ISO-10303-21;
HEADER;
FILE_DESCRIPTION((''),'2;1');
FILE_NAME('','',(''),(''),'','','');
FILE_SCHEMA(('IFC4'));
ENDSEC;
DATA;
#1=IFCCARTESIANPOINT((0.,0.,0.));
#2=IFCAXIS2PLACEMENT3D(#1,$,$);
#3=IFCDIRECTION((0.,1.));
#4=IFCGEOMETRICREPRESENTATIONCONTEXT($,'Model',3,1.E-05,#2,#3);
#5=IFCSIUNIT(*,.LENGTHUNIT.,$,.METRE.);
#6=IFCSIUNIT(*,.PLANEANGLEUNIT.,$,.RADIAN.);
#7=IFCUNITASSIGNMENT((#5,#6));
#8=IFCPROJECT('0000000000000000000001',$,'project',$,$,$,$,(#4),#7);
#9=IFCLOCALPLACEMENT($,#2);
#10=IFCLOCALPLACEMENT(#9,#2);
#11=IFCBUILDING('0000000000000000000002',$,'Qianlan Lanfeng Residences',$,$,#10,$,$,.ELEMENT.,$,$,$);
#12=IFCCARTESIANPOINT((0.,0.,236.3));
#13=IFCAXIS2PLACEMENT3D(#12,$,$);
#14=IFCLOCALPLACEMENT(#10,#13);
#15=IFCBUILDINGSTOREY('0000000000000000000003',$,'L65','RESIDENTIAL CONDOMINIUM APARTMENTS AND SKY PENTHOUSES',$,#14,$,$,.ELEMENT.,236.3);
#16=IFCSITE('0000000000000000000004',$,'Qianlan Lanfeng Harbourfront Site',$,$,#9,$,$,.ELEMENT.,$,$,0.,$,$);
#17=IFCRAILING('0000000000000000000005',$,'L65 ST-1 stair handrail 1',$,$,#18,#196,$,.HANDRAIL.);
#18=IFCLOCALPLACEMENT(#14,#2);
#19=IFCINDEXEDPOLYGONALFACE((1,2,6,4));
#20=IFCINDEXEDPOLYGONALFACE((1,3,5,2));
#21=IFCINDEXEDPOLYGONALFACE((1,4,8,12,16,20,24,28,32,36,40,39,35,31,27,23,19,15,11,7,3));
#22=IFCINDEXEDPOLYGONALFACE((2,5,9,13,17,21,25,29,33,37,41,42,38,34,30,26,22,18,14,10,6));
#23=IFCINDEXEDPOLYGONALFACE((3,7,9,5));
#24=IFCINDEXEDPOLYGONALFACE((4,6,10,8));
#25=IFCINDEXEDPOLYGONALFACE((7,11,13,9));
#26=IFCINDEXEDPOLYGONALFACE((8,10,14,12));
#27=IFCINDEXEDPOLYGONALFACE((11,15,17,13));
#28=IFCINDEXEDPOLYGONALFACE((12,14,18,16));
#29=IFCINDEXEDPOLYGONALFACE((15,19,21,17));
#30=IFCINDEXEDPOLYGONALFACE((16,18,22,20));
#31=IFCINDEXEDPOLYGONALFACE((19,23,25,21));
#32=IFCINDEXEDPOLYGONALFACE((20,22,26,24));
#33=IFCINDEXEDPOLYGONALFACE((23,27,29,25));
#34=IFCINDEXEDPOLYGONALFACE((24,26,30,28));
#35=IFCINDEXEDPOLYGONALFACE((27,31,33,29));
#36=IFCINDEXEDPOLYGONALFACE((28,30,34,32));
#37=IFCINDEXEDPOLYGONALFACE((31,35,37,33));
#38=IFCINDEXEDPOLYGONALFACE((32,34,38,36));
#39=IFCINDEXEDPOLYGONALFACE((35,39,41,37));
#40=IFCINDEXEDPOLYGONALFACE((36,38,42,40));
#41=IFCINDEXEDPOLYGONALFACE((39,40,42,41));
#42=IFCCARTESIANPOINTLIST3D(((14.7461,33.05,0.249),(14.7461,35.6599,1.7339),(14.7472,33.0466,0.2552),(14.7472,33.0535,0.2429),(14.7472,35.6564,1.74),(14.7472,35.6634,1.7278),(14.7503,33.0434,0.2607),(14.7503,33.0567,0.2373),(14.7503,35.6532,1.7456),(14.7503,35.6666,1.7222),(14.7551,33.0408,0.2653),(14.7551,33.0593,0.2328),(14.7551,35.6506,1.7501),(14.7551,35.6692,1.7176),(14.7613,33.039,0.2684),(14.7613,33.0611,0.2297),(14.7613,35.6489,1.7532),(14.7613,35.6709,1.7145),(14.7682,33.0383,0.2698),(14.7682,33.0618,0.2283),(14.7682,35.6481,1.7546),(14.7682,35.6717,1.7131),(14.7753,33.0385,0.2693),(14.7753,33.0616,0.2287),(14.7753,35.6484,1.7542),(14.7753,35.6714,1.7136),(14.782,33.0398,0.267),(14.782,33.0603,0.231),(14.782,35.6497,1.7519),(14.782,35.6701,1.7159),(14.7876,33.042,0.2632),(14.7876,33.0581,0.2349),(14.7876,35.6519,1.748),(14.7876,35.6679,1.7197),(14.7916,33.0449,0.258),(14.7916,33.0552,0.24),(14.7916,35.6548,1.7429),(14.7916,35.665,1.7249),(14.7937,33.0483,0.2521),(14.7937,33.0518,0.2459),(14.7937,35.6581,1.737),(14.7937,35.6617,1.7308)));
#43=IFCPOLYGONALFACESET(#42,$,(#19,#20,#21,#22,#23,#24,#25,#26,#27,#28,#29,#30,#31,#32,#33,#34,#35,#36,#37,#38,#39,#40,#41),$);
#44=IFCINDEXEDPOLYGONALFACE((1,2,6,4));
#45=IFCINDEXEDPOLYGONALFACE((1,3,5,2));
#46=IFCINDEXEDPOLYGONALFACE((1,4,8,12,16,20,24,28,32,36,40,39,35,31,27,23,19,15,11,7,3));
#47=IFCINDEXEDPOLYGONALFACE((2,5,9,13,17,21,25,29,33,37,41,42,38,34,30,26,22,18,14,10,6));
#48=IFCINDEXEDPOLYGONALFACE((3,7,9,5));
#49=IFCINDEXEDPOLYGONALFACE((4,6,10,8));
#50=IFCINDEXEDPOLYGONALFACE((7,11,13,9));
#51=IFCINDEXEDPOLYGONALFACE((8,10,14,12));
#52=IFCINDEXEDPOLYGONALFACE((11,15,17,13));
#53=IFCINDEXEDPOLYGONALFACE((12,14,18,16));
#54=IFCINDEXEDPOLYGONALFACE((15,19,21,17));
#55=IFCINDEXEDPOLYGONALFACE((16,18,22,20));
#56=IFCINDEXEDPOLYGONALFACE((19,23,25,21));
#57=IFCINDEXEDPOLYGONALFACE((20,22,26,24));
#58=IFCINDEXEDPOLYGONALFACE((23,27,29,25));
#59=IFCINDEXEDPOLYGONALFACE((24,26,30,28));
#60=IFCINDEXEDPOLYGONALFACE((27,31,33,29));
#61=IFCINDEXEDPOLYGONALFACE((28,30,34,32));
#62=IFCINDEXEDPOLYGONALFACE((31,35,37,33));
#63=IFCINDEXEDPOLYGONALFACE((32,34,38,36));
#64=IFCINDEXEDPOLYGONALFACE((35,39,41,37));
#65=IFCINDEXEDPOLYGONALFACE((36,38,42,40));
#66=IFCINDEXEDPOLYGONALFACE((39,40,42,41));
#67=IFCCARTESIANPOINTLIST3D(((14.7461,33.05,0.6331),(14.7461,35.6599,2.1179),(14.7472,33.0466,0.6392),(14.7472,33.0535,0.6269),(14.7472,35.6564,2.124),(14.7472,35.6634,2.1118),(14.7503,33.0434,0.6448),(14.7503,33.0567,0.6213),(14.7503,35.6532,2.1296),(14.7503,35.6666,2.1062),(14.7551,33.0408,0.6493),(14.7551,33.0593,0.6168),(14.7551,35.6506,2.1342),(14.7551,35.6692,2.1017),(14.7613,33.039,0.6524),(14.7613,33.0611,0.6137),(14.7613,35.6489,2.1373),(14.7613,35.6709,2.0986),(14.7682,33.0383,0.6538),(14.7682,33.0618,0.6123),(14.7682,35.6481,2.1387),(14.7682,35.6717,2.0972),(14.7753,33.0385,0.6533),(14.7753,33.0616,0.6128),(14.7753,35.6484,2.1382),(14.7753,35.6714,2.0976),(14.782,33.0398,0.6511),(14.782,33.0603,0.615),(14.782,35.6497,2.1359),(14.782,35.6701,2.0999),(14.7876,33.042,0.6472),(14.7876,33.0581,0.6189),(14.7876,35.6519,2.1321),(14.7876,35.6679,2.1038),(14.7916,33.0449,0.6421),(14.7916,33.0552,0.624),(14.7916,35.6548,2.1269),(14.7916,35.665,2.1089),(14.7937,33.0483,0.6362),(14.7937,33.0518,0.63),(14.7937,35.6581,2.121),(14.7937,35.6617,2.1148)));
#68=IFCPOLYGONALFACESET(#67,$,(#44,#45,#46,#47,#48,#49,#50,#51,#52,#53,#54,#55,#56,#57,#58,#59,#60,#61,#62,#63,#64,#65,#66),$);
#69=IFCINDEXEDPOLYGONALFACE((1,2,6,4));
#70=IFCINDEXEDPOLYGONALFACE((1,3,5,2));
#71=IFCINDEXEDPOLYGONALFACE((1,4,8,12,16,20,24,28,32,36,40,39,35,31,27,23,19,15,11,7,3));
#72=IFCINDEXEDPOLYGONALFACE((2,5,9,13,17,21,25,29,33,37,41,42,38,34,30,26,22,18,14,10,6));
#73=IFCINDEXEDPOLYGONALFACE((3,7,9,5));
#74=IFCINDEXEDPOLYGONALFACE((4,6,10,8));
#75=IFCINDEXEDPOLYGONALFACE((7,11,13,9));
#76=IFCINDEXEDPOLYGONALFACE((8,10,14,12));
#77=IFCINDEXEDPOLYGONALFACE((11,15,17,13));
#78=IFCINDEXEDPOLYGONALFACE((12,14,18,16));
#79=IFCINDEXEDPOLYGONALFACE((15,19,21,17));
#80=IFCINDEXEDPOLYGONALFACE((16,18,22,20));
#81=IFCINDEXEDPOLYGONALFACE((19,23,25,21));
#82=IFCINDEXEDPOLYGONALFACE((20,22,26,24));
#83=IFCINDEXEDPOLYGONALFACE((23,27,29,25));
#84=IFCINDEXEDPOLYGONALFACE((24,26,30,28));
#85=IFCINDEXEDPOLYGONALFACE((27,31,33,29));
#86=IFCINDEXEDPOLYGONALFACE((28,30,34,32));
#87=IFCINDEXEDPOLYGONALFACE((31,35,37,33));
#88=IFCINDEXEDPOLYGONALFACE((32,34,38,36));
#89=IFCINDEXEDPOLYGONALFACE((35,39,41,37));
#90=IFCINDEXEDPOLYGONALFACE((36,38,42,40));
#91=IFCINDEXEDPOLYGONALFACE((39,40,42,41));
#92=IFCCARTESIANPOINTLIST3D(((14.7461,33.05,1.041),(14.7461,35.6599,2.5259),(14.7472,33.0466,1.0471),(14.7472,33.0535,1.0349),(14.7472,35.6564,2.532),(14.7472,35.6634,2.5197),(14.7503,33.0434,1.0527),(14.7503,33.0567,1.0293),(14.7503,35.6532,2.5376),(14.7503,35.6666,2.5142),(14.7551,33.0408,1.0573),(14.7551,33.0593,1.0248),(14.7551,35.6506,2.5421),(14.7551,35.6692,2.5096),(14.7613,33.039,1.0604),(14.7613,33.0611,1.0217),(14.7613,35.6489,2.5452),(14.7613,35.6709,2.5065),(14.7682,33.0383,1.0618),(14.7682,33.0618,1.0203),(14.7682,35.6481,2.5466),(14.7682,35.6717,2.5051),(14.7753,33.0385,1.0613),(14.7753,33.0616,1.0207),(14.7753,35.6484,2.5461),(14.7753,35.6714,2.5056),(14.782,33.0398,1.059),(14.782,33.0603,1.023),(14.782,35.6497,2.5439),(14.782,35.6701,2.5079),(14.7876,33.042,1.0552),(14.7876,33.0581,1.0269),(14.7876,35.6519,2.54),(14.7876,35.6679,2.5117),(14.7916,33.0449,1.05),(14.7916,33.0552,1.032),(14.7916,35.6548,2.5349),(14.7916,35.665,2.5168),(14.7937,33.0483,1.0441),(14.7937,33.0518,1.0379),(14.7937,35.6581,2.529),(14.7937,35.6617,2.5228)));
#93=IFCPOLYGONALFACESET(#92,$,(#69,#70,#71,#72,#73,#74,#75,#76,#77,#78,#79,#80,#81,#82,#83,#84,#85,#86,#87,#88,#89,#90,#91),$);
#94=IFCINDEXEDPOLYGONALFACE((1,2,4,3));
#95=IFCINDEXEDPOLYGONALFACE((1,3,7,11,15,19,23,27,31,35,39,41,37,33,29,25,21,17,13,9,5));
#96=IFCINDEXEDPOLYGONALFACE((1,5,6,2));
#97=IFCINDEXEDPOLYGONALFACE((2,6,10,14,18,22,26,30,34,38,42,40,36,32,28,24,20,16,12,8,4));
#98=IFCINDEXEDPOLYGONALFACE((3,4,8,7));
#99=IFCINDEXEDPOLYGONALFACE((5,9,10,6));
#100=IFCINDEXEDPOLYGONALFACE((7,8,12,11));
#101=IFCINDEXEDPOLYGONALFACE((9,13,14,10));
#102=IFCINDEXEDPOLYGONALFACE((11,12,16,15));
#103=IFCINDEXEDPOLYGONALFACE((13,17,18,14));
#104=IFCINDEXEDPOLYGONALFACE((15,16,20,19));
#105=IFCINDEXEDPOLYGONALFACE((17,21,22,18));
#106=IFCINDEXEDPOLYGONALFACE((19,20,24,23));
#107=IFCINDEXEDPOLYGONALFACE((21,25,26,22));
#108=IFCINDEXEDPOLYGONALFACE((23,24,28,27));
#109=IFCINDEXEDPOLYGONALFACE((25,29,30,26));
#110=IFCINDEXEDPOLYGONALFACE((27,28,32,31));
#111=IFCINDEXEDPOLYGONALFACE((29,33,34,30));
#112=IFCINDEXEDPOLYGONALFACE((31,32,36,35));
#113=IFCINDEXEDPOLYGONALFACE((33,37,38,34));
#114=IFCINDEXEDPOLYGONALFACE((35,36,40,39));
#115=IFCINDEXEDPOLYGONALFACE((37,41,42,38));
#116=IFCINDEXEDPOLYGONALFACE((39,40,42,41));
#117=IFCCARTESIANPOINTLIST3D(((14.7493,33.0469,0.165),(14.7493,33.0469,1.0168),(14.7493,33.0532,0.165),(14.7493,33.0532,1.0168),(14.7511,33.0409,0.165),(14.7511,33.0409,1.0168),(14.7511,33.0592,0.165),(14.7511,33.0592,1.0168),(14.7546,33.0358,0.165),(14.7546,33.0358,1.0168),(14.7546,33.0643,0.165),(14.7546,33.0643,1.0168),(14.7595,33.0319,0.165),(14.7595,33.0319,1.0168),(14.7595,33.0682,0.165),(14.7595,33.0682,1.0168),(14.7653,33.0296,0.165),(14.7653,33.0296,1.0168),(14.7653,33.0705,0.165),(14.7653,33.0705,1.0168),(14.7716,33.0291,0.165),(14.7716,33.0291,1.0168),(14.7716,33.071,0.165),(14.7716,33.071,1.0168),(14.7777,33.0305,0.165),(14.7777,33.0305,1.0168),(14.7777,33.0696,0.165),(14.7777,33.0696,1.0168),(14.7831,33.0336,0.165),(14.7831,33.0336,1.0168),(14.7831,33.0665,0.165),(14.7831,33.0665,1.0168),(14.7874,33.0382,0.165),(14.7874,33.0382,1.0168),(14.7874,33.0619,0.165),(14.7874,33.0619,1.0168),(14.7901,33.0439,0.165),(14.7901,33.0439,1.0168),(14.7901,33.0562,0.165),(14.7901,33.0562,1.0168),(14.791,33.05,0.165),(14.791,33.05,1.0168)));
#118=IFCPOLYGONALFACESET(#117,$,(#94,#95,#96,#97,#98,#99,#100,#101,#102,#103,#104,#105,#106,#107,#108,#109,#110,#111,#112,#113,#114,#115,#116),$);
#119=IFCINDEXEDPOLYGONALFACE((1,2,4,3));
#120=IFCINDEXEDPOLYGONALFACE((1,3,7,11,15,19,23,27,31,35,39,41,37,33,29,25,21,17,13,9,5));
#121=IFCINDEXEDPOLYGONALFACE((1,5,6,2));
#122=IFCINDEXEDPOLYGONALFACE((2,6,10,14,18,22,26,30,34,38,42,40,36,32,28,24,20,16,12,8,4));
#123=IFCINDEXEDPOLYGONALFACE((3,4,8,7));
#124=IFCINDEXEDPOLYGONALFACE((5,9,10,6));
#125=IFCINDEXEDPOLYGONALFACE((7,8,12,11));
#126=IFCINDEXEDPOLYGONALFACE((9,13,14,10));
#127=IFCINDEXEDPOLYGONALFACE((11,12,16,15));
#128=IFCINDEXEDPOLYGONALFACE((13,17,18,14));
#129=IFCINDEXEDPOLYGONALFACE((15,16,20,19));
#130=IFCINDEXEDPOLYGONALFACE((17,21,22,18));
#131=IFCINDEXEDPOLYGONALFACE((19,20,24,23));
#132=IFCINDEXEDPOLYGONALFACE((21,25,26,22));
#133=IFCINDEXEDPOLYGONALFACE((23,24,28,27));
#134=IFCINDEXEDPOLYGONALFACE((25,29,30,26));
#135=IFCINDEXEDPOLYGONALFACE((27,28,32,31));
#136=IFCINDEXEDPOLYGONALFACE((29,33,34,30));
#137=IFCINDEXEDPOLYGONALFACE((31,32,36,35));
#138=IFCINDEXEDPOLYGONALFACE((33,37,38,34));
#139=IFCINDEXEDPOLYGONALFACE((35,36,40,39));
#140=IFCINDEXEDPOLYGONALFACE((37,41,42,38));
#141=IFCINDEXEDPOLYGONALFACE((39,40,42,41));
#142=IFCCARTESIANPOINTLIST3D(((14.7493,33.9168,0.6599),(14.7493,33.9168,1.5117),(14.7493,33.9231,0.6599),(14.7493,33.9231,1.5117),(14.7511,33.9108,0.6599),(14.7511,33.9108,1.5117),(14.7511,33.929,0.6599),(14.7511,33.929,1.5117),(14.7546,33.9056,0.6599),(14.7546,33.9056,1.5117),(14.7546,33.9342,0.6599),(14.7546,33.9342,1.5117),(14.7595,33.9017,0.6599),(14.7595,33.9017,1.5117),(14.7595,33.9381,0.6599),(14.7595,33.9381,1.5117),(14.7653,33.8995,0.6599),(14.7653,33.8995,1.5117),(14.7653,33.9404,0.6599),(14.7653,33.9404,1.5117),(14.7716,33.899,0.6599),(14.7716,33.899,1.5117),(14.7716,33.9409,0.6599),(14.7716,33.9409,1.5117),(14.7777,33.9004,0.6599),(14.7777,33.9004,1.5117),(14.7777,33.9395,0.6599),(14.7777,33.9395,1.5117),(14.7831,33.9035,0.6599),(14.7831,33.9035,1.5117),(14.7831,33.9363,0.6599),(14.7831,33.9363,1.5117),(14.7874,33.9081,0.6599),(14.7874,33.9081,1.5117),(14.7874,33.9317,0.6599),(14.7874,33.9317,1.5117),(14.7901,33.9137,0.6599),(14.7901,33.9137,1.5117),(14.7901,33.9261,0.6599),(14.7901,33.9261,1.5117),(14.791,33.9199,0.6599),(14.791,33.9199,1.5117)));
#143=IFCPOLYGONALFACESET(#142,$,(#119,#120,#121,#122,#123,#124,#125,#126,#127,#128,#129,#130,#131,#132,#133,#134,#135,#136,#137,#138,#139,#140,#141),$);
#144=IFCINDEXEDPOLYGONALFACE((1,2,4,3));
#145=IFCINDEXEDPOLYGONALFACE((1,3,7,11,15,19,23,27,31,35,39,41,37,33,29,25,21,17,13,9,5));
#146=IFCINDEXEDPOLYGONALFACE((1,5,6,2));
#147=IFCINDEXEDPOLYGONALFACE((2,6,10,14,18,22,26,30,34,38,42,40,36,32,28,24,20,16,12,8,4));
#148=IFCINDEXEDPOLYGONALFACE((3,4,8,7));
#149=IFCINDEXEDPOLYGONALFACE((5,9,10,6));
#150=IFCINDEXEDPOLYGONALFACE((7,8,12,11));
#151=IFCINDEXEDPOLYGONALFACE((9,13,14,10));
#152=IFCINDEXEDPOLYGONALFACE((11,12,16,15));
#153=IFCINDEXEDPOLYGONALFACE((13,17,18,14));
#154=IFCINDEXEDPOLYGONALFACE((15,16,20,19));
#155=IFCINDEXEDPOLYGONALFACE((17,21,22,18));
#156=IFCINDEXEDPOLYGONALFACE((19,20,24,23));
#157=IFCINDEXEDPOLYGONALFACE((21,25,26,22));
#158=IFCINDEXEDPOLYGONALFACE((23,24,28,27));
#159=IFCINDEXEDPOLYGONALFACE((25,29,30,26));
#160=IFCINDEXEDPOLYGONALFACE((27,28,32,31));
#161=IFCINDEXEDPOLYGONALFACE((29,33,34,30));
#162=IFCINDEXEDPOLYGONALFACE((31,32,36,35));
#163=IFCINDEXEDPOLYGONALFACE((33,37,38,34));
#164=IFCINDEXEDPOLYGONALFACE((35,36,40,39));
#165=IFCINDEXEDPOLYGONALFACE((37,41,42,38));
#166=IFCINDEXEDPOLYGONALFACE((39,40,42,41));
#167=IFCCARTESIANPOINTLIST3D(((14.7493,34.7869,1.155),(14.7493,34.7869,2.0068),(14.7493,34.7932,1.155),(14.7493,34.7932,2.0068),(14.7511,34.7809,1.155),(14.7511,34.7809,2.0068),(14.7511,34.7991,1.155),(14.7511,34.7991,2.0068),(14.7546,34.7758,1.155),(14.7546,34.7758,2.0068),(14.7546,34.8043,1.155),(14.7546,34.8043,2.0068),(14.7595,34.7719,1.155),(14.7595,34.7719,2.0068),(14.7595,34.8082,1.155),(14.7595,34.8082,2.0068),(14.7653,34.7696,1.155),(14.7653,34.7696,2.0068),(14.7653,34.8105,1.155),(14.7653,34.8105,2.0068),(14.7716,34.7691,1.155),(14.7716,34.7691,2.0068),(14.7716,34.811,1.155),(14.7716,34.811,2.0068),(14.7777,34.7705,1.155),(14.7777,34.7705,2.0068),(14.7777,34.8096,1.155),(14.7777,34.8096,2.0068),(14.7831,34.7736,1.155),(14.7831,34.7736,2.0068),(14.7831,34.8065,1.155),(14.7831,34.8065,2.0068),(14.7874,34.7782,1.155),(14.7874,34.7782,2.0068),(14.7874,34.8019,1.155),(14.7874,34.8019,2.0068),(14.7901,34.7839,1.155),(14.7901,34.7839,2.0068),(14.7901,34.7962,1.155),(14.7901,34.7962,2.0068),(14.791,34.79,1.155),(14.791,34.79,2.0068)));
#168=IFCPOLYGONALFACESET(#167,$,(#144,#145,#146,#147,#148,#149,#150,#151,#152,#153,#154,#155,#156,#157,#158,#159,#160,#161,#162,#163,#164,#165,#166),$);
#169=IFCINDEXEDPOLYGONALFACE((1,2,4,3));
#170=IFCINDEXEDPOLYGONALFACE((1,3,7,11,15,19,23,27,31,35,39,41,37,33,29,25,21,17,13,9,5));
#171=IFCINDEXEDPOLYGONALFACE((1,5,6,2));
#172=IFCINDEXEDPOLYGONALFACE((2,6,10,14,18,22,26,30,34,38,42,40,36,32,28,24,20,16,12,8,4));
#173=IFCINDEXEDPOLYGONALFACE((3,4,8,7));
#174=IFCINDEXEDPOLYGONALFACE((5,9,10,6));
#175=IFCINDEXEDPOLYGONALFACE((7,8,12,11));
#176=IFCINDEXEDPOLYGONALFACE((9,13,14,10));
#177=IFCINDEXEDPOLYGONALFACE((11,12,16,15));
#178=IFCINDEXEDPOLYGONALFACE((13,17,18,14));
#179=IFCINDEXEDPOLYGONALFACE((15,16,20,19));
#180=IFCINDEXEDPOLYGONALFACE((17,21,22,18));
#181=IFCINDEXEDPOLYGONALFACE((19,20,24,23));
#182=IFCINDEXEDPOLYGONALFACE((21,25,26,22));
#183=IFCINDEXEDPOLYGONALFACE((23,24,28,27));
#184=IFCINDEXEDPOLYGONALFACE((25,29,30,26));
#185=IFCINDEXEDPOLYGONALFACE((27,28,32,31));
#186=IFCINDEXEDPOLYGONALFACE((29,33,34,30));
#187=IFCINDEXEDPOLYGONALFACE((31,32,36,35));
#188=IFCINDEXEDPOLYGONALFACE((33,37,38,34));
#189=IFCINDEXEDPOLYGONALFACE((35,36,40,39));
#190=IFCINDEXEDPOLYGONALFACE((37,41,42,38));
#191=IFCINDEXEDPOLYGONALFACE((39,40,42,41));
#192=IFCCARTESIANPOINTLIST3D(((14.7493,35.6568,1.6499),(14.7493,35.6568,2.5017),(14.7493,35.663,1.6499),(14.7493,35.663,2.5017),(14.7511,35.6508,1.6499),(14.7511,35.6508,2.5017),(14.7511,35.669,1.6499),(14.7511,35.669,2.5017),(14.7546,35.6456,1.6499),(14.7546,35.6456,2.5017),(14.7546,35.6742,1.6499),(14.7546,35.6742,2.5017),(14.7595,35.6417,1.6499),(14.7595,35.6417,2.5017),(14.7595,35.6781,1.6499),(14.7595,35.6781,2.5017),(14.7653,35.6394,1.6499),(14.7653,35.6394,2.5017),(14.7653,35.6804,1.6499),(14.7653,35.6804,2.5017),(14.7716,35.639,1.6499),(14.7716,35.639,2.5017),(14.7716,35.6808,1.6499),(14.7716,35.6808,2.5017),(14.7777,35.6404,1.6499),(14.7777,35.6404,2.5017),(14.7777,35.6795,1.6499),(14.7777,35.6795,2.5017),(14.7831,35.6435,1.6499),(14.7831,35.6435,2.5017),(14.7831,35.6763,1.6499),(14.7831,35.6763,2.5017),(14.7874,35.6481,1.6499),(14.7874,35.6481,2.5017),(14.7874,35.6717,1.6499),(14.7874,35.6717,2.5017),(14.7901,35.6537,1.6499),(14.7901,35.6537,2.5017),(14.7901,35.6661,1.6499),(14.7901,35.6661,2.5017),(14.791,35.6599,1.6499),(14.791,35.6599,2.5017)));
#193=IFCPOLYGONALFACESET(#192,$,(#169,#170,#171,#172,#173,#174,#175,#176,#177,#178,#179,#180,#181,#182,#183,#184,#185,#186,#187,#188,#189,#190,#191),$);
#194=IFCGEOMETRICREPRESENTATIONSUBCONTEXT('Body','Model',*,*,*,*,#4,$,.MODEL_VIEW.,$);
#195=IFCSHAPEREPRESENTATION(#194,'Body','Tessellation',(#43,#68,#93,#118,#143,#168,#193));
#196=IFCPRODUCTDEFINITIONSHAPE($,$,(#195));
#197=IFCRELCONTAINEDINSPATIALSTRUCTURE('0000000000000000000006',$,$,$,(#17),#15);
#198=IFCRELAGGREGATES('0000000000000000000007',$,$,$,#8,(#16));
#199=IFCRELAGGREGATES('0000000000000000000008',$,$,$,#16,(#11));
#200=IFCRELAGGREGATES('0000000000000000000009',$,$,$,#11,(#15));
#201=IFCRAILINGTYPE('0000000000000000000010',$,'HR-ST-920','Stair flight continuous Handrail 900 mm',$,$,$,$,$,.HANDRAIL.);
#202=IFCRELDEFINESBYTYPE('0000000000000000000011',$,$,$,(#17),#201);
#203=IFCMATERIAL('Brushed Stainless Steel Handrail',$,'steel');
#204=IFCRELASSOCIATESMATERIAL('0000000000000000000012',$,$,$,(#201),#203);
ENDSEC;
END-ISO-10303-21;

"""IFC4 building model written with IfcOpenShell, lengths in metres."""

from ifc_helpers import new_model, si_unit, direction, frame, origin, origin_2d, place, context, subcontext, project, spatial, circle, extrude, material, type_object, element, save


model = new_model("IFC4")

# Units and contexts
model_context = context("Model", 3, precision=1e-05, world=origin(), true_north=direction((0.0, 1.0)))
body_context = subcontext(model_context, "Body", "Model", "MODEL_VIEW")
ifc_project = project(units=[si_unit("LENGTHUNIT", "METRE"), si_unit("PLANEANGLEUNIT", "RADIAN")], contexts=[model_context])

# Site, building, storey
site_placement = place(None, origin())
site = spatial("IfcSite", under=ifc_project, at=site_placement, Name="Qianlan Lanfeng Harbourfront Site", CompositionType="ELEMENT", RefElevation=0.0)
building_placement = place(site_placement, origin())
building = spatial("IfcBuilding", under=site, at=building_placement, Name="Qianlan Lanfeng Residences", CompositionType="ELEMENT")
storey_placement = place(building_placement, frame((0.0, 0.0, 236.3)))
storey = spatial("IfcBuildingStorey", under=building, at=storey_placement, Name="L65", Description="RESIDENTIAL CONDOMINIUM APARTMENTS AND SKY PENTHOUSES", CompositionType="ELEMENT", Elevation=236.3)

# Railing
ifc_material_1 = material(Name="Brushed Stainless Steel Handrail", Category="steel")
railing_type_1 = type_object("IfcRailingType", Name="HR-ST-920", Description="Stair flight continuous Handrail 900 mm", PredefinedType="HANDRAIL", material=ifc_material_1)
railing_1_placement = place(storey_placement, frame((14.77, 33.05, 0.165)))
element("IfcRailing", 1, at=railing_1_placement, inside=storey, type_object=railing_type_1, Name="L65 ST-1 stair handrail 1", PredefinedType="HANDRAIL", context=body_context, shape_type="SweptSolid", body=[
    extrude(circle(Radius=0.0239, at=origin_2d()), frame((0.0, 0.0, 0.084), z_axis=(0.0, 0.869172, 0.494509), x_axis=(-1.0, 0.0, 0.0)), (0.0, 0.0, 1.0), 3.0027),
    extrude(circle(Radius=0.0239, at=origin_2d()), frame((0.0, 0.0, 0.468), z_axis=(0.0, 0.869172, 0.494509), x_axis=(-1.0, 0.0, 0.0)), (0.0, 0.0, 1.0), 3.0027),
    extrude(circle(Radius=0.0239, at=origin_2d()), frame((0.0, 0.0, 0.876), z_axis=(0.0, 0.869172, 0.494509), x_axis=(-1.0, 0.0, 0.0)), (0.0, 0.0, 1.0), 3.0027),
    extrude(circle(Radius=0.021, at=origin_2d()), origin(), (0.0, 0.0, 1.0), 0.8518),
    extrude(circle(Radius=0.021, at=origin_2d()), frame((0.0, 0.8699, 0.4949)), (0.0, 0.0, 1.0), 0.8518),
    extrude(circle(Radius=0.021, at=origin_2d()), frame((0.0, 1.74, 0.99)), (0.0, 0.0, 1.0), 0.8518),
    extrude(circle(Radius=0.021, at=origin_2d()), frame((0.0, 2.6099, 1.4849)), (0.0, 0.0, 1.0), 0.8518),
])

save(model, "model.ifc")
